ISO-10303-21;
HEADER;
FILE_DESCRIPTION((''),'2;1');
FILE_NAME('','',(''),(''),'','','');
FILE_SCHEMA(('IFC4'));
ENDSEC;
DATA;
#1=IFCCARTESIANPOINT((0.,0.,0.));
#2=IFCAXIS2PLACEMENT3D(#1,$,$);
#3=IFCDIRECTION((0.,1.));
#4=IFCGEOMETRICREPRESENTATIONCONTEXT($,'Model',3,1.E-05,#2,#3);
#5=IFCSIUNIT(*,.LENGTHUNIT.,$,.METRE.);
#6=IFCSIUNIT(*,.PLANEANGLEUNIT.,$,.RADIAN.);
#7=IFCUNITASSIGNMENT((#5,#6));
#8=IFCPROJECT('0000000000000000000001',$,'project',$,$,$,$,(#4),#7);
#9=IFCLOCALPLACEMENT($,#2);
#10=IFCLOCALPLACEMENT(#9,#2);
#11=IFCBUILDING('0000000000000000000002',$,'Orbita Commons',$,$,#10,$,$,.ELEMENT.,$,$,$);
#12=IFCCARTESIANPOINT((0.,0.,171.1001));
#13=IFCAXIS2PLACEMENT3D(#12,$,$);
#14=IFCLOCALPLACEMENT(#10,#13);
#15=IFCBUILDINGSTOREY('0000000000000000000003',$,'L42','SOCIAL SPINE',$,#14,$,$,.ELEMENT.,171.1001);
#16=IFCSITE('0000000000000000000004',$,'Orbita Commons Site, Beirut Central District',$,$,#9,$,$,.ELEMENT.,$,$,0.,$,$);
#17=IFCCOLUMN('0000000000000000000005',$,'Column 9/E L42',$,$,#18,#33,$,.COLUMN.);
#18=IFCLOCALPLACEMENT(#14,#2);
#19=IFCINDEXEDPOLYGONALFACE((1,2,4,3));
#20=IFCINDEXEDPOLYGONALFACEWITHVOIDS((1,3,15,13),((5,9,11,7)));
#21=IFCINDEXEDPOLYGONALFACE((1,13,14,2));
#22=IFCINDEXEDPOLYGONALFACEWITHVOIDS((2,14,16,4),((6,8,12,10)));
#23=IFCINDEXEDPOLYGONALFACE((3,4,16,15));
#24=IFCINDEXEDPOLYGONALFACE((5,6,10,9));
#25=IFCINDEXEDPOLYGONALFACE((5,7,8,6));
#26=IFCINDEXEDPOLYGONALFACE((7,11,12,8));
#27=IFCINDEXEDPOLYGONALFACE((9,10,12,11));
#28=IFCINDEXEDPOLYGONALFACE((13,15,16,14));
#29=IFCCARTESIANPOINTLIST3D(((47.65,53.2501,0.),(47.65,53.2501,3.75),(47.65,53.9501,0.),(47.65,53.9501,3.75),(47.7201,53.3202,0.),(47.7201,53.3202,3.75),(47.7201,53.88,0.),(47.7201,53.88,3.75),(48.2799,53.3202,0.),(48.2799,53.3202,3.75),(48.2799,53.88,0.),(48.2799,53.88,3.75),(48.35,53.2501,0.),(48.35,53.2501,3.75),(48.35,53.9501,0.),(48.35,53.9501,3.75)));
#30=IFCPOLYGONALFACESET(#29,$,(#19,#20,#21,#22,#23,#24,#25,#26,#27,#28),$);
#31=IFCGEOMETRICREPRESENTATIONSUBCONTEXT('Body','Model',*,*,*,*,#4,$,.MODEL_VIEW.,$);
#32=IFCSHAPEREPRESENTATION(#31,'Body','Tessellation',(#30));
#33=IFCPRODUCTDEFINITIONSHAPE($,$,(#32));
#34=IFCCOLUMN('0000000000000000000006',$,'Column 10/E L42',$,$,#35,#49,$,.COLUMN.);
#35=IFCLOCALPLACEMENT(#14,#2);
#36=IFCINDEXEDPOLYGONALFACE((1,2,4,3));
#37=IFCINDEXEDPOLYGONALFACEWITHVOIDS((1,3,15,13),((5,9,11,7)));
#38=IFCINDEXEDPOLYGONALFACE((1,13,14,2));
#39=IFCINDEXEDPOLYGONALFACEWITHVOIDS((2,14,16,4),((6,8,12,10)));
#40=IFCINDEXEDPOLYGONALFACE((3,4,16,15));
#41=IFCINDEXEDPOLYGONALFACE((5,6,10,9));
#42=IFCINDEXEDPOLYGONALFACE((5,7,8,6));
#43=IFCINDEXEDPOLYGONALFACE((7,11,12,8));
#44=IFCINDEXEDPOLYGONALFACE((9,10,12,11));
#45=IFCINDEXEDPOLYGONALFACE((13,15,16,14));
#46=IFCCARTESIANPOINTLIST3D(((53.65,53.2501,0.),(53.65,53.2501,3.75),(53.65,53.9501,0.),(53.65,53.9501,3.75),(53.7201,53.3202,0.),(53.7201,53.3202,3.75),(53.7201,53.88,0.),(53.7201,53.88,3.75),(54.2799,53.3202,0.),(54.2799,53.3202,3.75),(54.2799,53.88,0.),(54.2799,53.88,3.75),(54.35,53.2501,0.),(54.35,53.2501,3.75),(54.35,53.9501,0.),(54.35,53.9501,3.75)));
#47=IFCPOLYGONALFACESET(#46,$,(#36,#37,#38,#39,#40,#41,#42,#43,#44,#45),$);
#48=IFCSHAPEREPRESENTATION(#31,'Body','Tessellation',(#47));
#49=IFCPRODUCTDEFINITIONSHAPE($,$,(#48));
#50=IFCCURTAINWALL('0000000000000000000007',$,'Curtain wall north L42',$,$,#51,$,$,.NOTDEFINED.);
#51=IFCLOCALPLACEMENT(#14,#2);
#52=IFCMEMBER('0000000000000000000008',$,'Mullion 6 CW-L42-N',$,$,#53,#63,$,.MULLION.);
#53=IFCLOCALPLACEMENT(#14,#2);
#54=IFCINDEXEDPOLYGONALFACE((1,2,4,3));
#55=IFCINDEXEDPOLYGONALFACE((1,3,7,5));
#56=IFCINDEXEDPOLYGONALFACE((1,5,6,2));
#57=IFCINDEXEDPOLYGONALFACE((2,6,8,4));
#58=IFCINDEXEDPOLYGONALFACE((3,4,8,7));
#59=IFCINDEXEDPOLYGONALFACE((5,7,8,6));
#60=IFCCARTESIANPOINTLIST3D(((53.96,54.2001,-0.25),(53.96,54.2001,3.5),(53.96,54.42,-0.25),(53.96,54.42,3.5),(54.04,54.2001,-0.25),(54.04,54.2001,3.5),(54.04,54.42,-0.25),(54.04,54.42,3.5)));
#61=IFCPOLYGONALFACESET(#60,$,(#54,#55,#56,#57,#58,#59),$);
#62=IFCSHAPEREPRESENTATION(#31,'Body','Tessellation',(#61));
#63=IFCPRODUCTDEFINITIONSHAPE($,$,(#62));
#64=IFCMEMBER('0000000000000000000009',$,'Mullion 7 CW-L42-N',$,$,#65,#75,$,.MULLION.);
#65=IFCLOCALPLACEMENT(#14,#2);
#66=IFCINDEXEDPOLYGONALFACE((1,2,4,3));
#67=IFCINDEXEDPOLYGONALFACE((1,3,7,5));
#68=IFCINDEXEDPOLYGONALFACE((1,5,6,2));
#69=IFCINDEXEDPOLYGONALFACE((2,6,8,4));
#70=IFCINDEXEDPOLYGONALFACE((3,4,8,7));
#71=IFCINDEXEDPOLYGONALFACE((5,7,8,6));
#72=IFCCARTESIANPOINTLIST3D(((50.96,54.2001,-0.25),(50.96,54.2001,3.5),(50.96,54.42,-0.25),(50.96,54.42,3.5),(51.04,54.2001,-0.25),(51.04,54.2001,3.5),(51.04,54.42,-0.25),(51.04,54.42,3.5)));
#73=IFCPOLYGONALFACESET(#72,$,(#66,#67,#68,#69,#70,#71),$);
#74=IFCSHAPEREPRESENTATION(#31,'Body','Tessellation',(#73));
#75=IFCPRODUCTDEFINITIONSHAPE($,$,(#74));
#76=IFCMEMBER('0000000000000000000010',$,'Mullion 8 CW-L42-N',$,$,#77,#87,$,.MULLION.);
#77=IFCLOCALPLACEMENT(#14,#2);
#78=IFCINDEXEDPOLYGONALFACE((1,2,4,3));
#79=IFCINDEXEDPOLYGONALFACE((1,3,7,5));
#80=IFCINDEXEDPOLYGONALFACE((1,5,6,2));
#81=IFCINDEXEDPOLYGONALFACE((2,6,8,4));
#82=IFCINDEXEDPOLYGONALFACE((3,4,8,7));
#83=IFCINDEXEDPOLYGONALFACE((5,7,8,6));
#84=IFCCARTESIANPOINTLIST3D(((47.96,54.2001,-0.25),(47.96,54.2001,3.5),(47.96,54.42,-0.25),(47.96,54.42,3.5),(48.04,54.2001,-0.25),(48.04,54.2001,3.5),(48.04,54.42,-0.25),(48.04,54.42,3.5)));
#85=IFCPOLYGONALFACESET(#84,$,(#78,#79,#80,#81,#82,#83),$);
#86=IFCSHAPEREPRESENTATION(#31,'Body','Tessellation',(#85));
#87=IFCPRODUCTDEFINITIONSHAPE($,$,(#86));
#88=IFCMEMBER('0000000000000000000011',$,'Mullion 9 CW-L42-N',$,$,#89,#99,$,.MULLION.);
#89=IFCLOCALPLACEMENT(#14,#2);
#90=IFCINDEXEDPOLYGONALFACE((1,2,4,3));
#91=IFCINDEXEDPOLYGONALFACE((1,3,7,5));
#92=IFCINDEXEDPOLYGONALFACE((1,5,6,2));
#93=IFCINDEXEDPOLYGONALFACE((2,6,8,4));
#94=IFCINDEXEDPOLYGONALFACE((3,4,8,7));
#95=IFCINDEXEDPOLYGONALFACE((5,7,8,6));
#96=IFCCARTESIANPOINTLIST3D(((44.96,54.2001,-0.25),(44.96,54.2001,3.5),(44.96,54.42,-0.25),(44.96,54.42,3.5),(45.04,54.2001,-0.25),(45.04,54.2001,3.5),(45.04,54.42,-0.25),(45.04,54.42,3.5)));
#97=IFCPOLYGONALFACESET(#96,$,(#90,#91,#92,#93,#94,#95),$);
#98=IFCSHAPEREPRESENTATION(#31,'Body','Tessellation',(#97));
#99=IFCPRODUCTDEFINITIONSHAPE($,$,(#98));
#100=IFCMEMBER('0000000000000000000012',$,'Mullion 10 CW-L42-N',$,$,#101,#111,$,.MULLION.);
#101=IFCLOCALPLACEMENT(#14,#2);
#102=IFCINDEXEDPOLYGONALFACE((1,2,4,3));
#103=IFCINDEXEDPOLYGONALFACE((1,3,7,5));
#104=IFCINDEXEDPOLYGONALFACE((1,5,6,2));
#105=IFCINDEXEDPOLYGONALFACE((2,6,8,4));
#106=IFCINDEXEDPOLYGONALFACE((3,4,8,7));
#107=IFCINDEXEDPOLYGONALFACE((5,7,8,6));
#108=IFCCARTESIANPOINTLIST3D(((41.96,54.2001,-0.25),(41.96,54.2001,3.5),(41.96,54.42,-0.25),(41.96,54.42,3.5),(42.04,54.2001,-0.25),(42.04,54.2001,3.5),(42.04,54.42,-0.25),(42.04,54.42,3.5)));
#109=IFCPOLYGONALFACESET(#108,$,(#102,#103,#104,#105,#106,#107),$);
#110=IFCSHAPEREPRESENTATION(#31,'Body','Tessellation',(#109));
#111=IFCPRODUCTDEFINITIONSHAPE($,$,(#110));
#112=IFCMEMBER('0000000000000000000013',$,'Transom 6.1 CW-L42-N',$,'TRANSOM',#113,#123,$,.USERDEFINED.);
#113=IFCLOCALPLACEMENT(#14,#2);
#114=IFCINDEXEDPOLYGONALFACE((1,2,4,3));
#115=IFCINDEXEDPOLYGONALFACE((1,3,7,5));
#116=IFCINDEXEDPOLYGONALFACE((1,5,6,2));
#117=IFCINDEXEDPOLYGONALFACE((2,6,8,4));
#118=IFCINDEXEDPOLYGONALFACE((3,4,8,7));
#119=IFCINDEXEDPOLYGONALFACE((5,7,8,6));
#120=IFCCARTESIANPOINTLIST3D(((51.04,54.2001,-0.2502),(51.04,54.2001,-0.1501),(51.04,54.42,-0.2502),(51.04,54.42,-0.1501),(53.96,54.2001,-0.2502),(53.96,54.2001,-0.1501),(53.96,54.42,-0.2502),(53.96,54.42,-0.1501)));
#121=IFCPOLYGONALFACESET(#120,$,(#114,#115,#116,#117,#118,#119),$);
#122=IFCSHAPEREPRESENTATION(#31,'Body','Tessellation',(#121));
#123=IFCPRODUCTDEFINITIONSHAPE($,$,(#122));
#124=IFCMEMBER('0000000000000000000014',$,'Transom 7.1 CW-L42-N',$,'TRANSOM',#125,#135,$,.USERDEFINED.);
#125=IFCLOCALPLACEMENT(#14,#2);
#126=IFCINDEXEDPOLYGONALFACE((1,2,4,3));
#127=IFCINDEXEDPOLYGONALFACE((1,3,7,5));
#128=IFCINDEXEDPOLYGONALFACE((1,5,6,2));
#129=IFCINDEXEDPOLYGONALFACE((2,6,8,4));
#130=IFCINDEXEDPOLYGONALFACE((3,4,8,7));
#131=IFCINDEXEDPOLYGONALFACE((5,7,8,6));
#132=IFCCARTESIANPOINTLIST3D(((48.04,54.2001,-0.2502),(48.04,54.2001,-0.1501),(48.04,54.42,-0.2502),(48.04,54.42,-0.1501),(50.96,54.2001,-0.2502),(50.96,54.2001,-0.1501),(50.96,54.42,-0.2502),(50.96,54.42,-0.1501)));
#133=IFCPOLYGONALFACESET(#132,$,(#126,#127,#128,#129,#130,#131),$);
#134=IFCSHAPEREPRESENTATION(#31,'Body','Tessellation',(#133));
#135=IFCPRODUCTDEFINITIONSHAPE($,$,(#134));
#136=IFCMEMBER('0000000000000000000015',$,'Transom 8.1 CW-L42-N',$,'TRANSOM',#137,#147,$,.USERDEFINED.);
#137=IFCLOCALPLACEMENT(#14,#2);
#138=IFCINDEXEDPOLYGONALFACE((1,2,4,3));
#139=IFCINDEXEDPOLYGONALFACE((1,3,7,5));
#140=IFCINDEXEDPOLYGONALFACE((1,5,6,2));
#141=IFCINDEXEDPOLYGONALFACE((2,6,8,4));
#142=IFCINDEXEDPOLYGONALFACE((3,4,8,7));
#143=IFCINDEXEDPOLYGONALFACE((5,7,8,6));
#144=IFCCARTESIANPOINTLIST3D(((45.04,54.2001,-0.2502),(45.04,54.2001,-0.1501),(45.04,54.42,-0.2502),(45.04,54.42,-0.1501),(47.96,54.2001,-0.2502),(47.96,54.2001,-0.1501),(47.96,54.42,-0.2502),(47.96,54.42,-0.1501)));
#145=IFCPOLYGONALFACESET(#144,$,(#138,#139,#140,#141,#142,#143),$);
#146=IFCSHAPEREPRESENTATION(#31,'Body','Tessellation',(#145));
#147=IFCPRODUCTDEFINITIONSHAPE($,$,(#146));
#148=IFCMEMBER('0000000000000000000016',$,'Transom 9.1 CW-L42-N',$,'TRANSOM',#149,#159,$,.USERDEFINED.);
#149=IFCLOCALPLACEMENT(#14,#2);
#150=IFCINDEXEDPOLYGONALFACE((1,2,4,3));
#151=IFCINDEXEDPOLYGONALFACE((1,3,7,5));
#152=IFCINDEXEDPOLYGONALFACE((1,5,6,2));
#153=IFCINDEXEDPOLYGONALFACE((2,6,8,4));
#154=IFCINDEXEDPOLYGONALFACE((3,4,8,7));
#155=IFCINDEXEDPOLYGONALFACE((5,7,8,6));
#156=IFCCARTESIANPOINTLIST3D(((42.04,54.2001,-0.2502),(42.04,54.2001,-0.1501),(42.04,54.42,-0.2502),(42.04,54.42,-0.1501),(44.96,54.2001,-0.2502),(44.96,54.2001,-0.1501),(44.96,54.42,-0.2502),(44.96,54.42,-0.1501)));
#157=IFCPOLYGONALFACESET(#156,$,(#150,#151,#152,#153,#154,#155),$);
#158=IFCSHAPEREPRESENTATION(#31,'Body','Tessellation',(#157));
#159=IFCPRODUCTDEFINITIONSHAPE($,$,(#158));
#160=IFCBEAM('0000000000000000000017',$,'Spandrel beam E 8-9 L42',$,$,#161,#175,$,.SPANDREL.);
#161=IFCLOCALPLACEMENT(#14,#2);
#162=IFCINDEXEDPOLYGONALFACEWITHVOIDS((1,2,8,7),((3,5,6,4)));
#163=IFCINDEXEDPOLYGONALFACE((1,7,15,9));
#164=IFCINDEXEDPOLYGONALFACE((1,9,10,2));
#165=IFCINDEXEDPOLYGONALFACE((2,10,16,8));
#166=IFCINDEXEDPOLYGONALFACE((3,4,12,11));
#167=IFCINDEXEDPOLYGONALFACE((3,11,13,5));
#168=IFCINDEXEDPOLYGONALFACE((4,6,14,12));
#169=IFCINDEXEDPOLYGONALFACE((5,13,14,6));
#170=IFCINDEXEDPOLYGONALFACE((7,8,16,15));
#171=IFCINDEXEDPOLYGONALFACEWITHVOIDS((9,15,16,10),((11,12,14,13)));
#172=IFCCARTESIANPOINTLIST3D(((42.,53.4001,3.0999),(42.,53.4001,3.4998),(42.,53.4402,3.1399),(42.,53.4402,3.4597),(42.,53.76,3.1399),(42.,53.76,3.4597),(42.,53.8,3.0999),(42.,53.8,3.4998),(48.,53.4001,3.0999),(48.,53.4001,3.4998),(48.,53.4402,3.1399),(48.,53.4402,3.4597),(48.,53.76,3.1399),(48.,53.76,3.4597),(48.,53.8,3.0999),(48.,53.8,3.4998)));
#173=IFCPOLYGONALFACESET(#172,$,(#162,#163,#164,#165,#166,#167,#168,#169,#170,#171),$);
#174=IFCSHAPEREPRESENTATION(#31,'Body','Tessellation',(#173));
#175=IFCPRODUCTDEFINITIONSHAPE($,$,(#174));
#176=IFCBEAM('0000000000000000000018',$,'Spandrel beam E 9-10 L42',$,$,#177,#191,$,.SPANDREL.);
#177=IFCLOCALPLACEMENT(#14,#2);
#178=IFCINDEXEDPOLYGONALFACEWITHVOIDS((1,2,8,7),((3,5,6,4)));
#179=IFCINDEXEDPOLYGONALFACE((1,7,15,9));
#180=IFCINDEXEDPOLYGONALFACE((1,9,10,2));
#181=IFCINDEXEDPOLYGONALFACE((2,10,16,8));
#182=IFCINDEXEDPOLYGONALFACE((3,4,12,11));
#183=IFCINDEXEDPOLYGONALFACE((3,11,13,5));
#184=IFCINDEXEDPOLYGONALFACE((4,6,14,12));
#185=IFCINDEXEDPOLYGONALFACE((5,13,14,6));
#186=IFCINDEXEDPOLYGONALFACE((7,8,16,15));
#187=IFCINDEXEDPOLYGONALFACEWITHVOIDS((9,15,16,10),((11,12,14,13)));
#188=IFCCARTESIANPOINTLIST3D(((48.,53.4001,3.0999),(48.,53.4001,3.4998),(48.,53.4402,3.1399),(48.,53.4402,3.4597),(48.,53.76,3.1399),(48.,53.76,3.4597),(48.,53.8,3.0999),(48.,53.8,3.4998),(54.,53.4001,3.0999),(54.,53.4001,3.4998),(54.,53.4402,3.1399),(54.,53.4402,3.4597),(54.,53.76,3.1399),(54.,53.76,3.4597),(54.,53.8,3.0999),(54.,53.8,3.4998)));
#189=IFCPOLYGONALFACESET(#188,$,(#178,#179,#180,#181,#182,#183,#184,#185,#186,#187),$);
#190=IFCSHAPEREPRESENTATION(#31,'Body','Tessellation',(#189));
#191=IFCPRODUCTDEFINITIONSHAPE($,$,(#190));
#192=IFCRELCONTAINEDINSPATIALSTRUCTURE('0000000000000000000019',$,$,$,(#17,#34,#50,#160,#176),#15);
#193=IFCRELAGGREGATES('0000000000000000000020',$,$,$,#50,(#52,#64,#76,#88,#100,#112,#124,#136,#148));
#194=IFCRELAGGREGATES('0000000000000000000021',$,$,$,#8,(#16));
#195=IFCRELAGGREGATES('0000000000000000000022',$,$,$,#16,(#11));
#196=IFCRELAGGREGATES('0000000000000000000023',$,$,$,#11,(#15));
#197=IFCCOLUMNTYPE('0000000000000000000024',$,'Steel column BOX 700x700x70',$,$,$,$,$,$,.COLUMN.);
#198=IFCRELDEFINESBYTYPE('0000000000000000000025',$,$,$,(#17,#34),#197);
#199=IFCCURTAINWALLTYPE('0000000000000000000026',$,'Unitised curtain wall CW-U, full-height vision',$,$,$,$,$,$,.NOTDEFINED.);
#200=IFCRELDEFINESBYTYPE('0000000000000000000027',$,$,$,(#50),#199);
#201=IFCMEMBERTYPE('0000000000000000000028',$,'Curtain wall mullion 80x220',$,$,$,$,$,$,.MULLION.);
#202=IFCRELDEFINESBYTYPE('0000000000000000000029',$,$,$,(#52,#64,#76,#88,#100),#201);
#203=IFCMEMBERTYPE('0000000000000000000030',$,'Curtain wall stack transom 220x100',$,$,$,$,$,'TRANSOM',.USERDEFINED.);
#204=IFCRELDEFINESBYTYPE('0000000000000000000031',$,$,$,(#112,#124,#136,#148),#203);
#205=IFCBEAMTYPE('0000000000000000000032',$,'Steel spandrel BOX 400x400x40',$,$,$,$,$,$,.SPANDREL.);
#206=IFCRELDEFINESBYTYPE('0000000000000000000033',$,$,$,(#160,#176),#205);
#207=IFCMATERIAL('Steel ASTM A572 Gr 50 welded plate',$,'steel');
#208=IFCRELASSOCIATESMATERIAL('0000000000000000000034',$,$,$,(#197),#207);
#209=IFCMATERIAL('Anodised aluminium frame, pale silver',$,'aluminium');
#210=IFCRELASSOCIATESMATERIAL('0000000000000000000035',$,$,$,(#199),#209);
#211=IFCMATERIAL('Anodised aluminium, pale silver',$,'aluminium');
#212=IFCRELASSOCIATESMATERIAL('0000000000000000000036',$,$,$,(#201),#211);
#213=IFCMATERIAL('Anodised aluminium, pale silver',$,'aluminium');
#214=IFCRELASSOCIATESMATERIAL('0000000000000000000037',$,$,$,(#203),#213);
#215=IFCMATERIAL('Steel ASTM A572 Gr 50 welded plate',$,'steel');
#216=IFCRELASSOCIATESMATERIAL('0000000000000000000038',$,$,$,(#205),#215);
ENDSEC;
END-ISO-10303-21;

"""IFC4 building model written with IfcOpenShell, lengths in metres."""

from ifc_helpers import new_model, si_unit, direction, frame, origin, origin_2d, place, context, subcontext, project, spatial, rectangle, hollow_rectangle, extrude, material, material_profile, profile_set, type_object, element, aggregate, save


model = new_model("IFC4")

# Units and contexts
model_context = context("Model", 3, precision=1e-05, world=origin(), true_north=direction((0.0, 1.0)))
body_context = subcontext(model_context, "Body", "Model", "MODEL_VIEW")
ifc_project = project(units=[si_unit("LENGTHUNIT", "METRE"), si_unit("PLANEANGLEUNIT", "RADIAN")], contexts=[model_context])

# Site, building, storey
site_placement = place(None, origin())
site = spatial("IfcSite", under=ifc_project, at=site_placement, Name="Orbita Commons Site, Beirut Central District", CompositionType="ELEMENT", RefElevation=0.0)
building_placement = place(site_placement, origin())
building = spatial("IfcBuilding", under=site, at=building_placement, Name="Orbita Commons", CompositionType="ELEMENT")
storey_placement = place(building_placement, frame((0.0, 0.0, 171.1001)))
storey = spatial("IfcBuildingStorey", under=building, at=storey_placement, Name="L42", Description="SOCIAL SPINE", CompositionType="ELEMENT", Elevation=171.1001)

# Columns
ifc_material_1 = material(Name="Steel ASTM A572 Gr 50 welded plate", Category="steel")
ifc_material_profile_1 = material_profile(ifc_material_1, hollow_rectangle(XDim=0.7, YDim=0.7, WallThickness=0.0701, at=origin_2d()), Name="BOX 700x700x70")
ifc_profile_set_1 = profile_set([ifc_material_profile_1], Name="Steel ASTM A572 Gr 50 welded plate")
column_type = type_object("IfcColumnType", Name="Steel column BOX 700x700x70", PredefinedType="COLUMN", material=ifc_profile_set_1)
for number, where, z_axis, x_axis, name in (
    (1, (48.0, 53.6001, 0.0), (0.0, 0.0, 1.0), (1.0, 0.0, 0.0), "Column 9/E L42"),
    (2, (54.0, 53.6001, 0.0), (0.0, 0.0, 1.0), (1.0, 0.0, 0.0), "Column 10/E L42"),
):
    element("IfcColumn", number, at=place(storey_placement, frame(where, z_axis=z_axis, x_axis=x_axis)), inside=storey, type_object=column_type, Name=name, PredefinedType="COLUMN", context=body_context, shape_type="SweptSolid", body=[
        extrude(hollow_rectangle(XDim=0.7, YDim=0.7, WallThickness=0.0701, at=origin_2d()), origin(), (0.0, 0.0, 1.0), 3.75),
    ])

# Curtain wall, members
ifc_material_2 = material(Name="Anodised aluminium frame, pale silver", Category="aluminium")
curtain_wall_type = type_object("IfcCurtainWallType", Name="Unitised curtain wall CW-U, full-height vision", PredefinedType="NOTDEFINED", material=ifc_material_2)
curtain_wall_placement = place(storey_placement, origin())
curtain_wall = element("IfcCurtainWall", 3, at=curtain_wall_placement, inside=storey, type_object=curtain_wall_type, Name="Curtain wall north L42", PredefinedType="NOTDEFINED")
ifc_material_3 = material(Name="Anodised aluminium, pale silver", Category="aluminium")
ifc_material_profile_2 = material_profile(ifc_material_3, rectangle(XDim=0.0801, YDim=0.22, at=origin_2d()), Name="AL 80x220")
ifc_profile_set_2 = profile_set([ifc_material_profile_2], Name="Anodised aluminium, pale silver")
member_type_1 = type_object("IfcMemberType", Name="Curtain wall mullion 80x220", PredefinedType="MULLION", material=ifc_profile_set_2)
member_1_placement = place(storey_placement, frame((54.0, 54.3101, -0.25), z_axis=(0.0, 0.0, 1.0), x_axis=(-1.0, 0.0, 0.0)))
member_1 = element("IfcMember", 4, at=member_1_placement, type_object=member_type_1, Name="Mullion 6 CW-L42-N", PredefinedType="MULLION", context=body_context, shape_type="SweptSolid", body=[
    extrude(rectangle(XDim=0.0801, YDim=0.22, at=origin_2d()), origin(), (0.0, 0.0, 1.0), 3.75),
])
member_2_placement = place(storey_placement, frame((51.0, 54.3101, -0.25), z_axis=(0.0, 0.0, 1.0), x_axis=(-1.0, 0.0, 0.0)))
member_2 = element("IfcMember", 5, at=member_2_placement, type_object=member_type_1, Name="Mullion 7 CW-L42-N", PredefinedType="MULLION", context=body_context, shape_type="SweptSolid", body=[
    extrude(rectangle(XDim=0.0801, YDim=0.22, at=origin_2d()), origin(), (0.0, 0.0, 1.0), 3.75),
])
member_3_placement = place(storey_placement, frame((48.0, 54.3101, -0.25), z_axis=(0.0, 0.0, 1.0), x_axis=(-1.0, 0.0, 0.0)))
member_3 = element("IfcMember", 6, at=member_3_placement, type_object=member_type_1, Name="Mullion 8 CW-L42-N", PredefinedType="MULLION", context=body_context, shape_type="SweptSolid", body=[
    extrude(rectangle(XDim=0.0801, YDim=0.22, at=origin_2d()), origin(), (0.0, 0.0, 1.0), 3.75),
])
member_4_placement = place(storey_placement, frame((45.0, 54.3101, -0.25), z_axis=(0.0, 0.0, 1.0), x_axis=(-1.0, 0.0, 0.0)))
member_4 = element("IfcMember", 7, at=member_4_placement, type_object=member_type_1, Name="Mullion 9 CW-L42-N", PredefinedType="MULLION", context=body_context, shape_type="SweptSolid", body=[
    extrude(rectangle(XDim=0.0801, YDim=0.22, at=origin_2d()), origin(), (0.0, 0.0, 1.0), 3.75),
])
member_5_placement = place(storey_placement, frame((42.0, 54.3101, -0.25), z_axis=(0.0, 0.0, 1.0), x_axis=(-1.0, 0.0, 0.0)))
member_5 = element("IfcMember", 8, at=member_5_placement, type_object=member_type_1, Name="Mullion 10 CW-L42-N", PredefinedType="MULLION", context=body_context, shape_type="SweptSolid", body=[
    extrude(rectangle(XDim=0.0801, YDim=0.22, at=origin_2d()), origin(), (0.0, 0.0, 1.0), 3.75),
])
ifc_material_4 = material(Name="Anodised aluminium, pale silver", Category="aluminium")
ifc_material_profile_3 = material_profile(ifc_material_4, rectangle(XDim=0.22, YDim=0.1001, at=origin_2d()), Name="AL 220x100")
ifc_profile_set_3 = profile_set([ifc_material_profile_3], Name="Anodised aluminium, pale silver")
member_type_2 = type_object("IfcMemberType", Name="Curtain wall stack transom 220x100", ElementType="TRANSOM", PredefinedType="USERDEFINED", material=ifc_profile_set_3)
member_6_placement = place(storey_placement, frame((53.96, 54.3101, -0.2002), z_axis=(-1.0, 0.0, 0.0), x_axis=(0.0, -1.0, 0.0)))
member_6 = element("IfcMember", 9, at=member_6_placement, type_object=member_type_2, Name="Transom 6.1 CW-L42-N", ObjectType="TRANSOM", PredefinedType="USERDEFINED", context=body_context, shape_type="SweptSolid", body=[
    extrude(rectangle(XDim=0.22, YDim=0.1001, at=origin_2d()), origin(), (0.0, 0.0, 1.0), 2.9199),
])
member_7_placement = place(storey_placement, frame((50.96, 54.3101, -0.2002), z_axis=(-1.0, 0.0, 0.0), x_axis=(0.0, -1.0, 0.0)))
member_7 = element("IfcMember", 10, at=member_7_placement, type_object=member_type_2, Name="Transom 7.1 CW-L42-N", ObjectType="TRANSOM", PredefinedType="USERDEFINED", context=body_context, shape_type="SweptSolid", body=[
    extrude(rectangle(XDim=0.22, YDim=0.1001, at=origin_2d()), origin(), (0.0, 0.0, 1.0), 2.9199),
])
member_8_placement = place(storey_placement, frame((47.96, 54.3101, -0.2002), z_axis=(-1.0, 0.0, 0.0), x_axis=(0.0, -1.0, 0.0)))
member_8 = element("IfcMember", 11, at=member_8_placement, type_object=member_type_2, Name="Transom 8.1 CW-L42-N", ObjectType="TRANSOM", PredefinedType="USERDEFINED", context=body_context, shape_type="SweptSolid", body=[
    extrude(rectangle(XDim=0.22, YDim=0.1001, at=origin_2d()), origin(), (0.0, 0.0, 1.0), 2.9199),
])
member_9_placement = place(storey_placement, frame((44.96, 54.3101, -0.2002), z_axis=(-1.0, 0.0, 0.0), x_axis=(0.0, -1.0, 0.0)))
member_9 = element("IfcMember", 12, at=member_9_placement, type_object=member_type_2, Name="Transom 9.1 CW-L42-N", ObjectType="TRANSOM", PredefinedType="USERDEFINED", context=body_context, shape_type="SweptSolid", body=[
    extrude(rectangle(XDim=0.22, YDim=0.1001, at=origin_2d()), origin(), (0.0, 0.0, 1.0), 2.9199),
])

# Beams
ifc_material_5 = material(Name="Steel ASTM A572 Gr 50 welded plate", Category="steel")
ifc_material_profile_4 = material_profile(ifc_material_5, hollow_rectangle(XDim=0.3999, YDim=0.3999, WallThickness=0.04, at=origin_2d()), Name="BOX 400x400x40")
ifc_profile_set_4 = profile_set([ifc_material_profile_4], Name="Steel ASTM A572 Gr 50 welded plate")
beam_type = type_object("IfcBeamType", Name="Steel spandrel BOX 400x400x40", PredefinedType="SPANDREL", material=ifc_profile_set_4)
for number, where, z_axis, x_axis, name in (
    (13, (42.0, 53.6001, 3.2998), (1.0, 0.0, 0.0), (0.0, 1.0, 0.0), "Spandrel beam E 8-9 L42"),
    (14, (48.0, 53.6001, 3.2998), (1.0, 0.0, 0.0), (0.0, 1.0, 0.0), "Spandrel beam E 9-10 L42"),
):
    element("IfcBeam", number, at=place(storey_placement, frame(where, z_axis=z_axis, x_axis=x_axis)), inside=storey, type_object=beam_type, Name=name, PredefinedType="SPANDREL", context=body_context, shape_type="SweptSolid", body=[
        extrude(hollow_rectangle(XDim=0.3999, YDim=0.3999, WallThickness=0.04, at=origin_2d()), origin(), (0.0, 0.0, 1.0), 6.0),
    ])

aggregate(curtain_wall, [member_1, member_2, member_3, member_4, member_5, member_6, member_7, member_8, member_9])

save(model, "model.ifc")
